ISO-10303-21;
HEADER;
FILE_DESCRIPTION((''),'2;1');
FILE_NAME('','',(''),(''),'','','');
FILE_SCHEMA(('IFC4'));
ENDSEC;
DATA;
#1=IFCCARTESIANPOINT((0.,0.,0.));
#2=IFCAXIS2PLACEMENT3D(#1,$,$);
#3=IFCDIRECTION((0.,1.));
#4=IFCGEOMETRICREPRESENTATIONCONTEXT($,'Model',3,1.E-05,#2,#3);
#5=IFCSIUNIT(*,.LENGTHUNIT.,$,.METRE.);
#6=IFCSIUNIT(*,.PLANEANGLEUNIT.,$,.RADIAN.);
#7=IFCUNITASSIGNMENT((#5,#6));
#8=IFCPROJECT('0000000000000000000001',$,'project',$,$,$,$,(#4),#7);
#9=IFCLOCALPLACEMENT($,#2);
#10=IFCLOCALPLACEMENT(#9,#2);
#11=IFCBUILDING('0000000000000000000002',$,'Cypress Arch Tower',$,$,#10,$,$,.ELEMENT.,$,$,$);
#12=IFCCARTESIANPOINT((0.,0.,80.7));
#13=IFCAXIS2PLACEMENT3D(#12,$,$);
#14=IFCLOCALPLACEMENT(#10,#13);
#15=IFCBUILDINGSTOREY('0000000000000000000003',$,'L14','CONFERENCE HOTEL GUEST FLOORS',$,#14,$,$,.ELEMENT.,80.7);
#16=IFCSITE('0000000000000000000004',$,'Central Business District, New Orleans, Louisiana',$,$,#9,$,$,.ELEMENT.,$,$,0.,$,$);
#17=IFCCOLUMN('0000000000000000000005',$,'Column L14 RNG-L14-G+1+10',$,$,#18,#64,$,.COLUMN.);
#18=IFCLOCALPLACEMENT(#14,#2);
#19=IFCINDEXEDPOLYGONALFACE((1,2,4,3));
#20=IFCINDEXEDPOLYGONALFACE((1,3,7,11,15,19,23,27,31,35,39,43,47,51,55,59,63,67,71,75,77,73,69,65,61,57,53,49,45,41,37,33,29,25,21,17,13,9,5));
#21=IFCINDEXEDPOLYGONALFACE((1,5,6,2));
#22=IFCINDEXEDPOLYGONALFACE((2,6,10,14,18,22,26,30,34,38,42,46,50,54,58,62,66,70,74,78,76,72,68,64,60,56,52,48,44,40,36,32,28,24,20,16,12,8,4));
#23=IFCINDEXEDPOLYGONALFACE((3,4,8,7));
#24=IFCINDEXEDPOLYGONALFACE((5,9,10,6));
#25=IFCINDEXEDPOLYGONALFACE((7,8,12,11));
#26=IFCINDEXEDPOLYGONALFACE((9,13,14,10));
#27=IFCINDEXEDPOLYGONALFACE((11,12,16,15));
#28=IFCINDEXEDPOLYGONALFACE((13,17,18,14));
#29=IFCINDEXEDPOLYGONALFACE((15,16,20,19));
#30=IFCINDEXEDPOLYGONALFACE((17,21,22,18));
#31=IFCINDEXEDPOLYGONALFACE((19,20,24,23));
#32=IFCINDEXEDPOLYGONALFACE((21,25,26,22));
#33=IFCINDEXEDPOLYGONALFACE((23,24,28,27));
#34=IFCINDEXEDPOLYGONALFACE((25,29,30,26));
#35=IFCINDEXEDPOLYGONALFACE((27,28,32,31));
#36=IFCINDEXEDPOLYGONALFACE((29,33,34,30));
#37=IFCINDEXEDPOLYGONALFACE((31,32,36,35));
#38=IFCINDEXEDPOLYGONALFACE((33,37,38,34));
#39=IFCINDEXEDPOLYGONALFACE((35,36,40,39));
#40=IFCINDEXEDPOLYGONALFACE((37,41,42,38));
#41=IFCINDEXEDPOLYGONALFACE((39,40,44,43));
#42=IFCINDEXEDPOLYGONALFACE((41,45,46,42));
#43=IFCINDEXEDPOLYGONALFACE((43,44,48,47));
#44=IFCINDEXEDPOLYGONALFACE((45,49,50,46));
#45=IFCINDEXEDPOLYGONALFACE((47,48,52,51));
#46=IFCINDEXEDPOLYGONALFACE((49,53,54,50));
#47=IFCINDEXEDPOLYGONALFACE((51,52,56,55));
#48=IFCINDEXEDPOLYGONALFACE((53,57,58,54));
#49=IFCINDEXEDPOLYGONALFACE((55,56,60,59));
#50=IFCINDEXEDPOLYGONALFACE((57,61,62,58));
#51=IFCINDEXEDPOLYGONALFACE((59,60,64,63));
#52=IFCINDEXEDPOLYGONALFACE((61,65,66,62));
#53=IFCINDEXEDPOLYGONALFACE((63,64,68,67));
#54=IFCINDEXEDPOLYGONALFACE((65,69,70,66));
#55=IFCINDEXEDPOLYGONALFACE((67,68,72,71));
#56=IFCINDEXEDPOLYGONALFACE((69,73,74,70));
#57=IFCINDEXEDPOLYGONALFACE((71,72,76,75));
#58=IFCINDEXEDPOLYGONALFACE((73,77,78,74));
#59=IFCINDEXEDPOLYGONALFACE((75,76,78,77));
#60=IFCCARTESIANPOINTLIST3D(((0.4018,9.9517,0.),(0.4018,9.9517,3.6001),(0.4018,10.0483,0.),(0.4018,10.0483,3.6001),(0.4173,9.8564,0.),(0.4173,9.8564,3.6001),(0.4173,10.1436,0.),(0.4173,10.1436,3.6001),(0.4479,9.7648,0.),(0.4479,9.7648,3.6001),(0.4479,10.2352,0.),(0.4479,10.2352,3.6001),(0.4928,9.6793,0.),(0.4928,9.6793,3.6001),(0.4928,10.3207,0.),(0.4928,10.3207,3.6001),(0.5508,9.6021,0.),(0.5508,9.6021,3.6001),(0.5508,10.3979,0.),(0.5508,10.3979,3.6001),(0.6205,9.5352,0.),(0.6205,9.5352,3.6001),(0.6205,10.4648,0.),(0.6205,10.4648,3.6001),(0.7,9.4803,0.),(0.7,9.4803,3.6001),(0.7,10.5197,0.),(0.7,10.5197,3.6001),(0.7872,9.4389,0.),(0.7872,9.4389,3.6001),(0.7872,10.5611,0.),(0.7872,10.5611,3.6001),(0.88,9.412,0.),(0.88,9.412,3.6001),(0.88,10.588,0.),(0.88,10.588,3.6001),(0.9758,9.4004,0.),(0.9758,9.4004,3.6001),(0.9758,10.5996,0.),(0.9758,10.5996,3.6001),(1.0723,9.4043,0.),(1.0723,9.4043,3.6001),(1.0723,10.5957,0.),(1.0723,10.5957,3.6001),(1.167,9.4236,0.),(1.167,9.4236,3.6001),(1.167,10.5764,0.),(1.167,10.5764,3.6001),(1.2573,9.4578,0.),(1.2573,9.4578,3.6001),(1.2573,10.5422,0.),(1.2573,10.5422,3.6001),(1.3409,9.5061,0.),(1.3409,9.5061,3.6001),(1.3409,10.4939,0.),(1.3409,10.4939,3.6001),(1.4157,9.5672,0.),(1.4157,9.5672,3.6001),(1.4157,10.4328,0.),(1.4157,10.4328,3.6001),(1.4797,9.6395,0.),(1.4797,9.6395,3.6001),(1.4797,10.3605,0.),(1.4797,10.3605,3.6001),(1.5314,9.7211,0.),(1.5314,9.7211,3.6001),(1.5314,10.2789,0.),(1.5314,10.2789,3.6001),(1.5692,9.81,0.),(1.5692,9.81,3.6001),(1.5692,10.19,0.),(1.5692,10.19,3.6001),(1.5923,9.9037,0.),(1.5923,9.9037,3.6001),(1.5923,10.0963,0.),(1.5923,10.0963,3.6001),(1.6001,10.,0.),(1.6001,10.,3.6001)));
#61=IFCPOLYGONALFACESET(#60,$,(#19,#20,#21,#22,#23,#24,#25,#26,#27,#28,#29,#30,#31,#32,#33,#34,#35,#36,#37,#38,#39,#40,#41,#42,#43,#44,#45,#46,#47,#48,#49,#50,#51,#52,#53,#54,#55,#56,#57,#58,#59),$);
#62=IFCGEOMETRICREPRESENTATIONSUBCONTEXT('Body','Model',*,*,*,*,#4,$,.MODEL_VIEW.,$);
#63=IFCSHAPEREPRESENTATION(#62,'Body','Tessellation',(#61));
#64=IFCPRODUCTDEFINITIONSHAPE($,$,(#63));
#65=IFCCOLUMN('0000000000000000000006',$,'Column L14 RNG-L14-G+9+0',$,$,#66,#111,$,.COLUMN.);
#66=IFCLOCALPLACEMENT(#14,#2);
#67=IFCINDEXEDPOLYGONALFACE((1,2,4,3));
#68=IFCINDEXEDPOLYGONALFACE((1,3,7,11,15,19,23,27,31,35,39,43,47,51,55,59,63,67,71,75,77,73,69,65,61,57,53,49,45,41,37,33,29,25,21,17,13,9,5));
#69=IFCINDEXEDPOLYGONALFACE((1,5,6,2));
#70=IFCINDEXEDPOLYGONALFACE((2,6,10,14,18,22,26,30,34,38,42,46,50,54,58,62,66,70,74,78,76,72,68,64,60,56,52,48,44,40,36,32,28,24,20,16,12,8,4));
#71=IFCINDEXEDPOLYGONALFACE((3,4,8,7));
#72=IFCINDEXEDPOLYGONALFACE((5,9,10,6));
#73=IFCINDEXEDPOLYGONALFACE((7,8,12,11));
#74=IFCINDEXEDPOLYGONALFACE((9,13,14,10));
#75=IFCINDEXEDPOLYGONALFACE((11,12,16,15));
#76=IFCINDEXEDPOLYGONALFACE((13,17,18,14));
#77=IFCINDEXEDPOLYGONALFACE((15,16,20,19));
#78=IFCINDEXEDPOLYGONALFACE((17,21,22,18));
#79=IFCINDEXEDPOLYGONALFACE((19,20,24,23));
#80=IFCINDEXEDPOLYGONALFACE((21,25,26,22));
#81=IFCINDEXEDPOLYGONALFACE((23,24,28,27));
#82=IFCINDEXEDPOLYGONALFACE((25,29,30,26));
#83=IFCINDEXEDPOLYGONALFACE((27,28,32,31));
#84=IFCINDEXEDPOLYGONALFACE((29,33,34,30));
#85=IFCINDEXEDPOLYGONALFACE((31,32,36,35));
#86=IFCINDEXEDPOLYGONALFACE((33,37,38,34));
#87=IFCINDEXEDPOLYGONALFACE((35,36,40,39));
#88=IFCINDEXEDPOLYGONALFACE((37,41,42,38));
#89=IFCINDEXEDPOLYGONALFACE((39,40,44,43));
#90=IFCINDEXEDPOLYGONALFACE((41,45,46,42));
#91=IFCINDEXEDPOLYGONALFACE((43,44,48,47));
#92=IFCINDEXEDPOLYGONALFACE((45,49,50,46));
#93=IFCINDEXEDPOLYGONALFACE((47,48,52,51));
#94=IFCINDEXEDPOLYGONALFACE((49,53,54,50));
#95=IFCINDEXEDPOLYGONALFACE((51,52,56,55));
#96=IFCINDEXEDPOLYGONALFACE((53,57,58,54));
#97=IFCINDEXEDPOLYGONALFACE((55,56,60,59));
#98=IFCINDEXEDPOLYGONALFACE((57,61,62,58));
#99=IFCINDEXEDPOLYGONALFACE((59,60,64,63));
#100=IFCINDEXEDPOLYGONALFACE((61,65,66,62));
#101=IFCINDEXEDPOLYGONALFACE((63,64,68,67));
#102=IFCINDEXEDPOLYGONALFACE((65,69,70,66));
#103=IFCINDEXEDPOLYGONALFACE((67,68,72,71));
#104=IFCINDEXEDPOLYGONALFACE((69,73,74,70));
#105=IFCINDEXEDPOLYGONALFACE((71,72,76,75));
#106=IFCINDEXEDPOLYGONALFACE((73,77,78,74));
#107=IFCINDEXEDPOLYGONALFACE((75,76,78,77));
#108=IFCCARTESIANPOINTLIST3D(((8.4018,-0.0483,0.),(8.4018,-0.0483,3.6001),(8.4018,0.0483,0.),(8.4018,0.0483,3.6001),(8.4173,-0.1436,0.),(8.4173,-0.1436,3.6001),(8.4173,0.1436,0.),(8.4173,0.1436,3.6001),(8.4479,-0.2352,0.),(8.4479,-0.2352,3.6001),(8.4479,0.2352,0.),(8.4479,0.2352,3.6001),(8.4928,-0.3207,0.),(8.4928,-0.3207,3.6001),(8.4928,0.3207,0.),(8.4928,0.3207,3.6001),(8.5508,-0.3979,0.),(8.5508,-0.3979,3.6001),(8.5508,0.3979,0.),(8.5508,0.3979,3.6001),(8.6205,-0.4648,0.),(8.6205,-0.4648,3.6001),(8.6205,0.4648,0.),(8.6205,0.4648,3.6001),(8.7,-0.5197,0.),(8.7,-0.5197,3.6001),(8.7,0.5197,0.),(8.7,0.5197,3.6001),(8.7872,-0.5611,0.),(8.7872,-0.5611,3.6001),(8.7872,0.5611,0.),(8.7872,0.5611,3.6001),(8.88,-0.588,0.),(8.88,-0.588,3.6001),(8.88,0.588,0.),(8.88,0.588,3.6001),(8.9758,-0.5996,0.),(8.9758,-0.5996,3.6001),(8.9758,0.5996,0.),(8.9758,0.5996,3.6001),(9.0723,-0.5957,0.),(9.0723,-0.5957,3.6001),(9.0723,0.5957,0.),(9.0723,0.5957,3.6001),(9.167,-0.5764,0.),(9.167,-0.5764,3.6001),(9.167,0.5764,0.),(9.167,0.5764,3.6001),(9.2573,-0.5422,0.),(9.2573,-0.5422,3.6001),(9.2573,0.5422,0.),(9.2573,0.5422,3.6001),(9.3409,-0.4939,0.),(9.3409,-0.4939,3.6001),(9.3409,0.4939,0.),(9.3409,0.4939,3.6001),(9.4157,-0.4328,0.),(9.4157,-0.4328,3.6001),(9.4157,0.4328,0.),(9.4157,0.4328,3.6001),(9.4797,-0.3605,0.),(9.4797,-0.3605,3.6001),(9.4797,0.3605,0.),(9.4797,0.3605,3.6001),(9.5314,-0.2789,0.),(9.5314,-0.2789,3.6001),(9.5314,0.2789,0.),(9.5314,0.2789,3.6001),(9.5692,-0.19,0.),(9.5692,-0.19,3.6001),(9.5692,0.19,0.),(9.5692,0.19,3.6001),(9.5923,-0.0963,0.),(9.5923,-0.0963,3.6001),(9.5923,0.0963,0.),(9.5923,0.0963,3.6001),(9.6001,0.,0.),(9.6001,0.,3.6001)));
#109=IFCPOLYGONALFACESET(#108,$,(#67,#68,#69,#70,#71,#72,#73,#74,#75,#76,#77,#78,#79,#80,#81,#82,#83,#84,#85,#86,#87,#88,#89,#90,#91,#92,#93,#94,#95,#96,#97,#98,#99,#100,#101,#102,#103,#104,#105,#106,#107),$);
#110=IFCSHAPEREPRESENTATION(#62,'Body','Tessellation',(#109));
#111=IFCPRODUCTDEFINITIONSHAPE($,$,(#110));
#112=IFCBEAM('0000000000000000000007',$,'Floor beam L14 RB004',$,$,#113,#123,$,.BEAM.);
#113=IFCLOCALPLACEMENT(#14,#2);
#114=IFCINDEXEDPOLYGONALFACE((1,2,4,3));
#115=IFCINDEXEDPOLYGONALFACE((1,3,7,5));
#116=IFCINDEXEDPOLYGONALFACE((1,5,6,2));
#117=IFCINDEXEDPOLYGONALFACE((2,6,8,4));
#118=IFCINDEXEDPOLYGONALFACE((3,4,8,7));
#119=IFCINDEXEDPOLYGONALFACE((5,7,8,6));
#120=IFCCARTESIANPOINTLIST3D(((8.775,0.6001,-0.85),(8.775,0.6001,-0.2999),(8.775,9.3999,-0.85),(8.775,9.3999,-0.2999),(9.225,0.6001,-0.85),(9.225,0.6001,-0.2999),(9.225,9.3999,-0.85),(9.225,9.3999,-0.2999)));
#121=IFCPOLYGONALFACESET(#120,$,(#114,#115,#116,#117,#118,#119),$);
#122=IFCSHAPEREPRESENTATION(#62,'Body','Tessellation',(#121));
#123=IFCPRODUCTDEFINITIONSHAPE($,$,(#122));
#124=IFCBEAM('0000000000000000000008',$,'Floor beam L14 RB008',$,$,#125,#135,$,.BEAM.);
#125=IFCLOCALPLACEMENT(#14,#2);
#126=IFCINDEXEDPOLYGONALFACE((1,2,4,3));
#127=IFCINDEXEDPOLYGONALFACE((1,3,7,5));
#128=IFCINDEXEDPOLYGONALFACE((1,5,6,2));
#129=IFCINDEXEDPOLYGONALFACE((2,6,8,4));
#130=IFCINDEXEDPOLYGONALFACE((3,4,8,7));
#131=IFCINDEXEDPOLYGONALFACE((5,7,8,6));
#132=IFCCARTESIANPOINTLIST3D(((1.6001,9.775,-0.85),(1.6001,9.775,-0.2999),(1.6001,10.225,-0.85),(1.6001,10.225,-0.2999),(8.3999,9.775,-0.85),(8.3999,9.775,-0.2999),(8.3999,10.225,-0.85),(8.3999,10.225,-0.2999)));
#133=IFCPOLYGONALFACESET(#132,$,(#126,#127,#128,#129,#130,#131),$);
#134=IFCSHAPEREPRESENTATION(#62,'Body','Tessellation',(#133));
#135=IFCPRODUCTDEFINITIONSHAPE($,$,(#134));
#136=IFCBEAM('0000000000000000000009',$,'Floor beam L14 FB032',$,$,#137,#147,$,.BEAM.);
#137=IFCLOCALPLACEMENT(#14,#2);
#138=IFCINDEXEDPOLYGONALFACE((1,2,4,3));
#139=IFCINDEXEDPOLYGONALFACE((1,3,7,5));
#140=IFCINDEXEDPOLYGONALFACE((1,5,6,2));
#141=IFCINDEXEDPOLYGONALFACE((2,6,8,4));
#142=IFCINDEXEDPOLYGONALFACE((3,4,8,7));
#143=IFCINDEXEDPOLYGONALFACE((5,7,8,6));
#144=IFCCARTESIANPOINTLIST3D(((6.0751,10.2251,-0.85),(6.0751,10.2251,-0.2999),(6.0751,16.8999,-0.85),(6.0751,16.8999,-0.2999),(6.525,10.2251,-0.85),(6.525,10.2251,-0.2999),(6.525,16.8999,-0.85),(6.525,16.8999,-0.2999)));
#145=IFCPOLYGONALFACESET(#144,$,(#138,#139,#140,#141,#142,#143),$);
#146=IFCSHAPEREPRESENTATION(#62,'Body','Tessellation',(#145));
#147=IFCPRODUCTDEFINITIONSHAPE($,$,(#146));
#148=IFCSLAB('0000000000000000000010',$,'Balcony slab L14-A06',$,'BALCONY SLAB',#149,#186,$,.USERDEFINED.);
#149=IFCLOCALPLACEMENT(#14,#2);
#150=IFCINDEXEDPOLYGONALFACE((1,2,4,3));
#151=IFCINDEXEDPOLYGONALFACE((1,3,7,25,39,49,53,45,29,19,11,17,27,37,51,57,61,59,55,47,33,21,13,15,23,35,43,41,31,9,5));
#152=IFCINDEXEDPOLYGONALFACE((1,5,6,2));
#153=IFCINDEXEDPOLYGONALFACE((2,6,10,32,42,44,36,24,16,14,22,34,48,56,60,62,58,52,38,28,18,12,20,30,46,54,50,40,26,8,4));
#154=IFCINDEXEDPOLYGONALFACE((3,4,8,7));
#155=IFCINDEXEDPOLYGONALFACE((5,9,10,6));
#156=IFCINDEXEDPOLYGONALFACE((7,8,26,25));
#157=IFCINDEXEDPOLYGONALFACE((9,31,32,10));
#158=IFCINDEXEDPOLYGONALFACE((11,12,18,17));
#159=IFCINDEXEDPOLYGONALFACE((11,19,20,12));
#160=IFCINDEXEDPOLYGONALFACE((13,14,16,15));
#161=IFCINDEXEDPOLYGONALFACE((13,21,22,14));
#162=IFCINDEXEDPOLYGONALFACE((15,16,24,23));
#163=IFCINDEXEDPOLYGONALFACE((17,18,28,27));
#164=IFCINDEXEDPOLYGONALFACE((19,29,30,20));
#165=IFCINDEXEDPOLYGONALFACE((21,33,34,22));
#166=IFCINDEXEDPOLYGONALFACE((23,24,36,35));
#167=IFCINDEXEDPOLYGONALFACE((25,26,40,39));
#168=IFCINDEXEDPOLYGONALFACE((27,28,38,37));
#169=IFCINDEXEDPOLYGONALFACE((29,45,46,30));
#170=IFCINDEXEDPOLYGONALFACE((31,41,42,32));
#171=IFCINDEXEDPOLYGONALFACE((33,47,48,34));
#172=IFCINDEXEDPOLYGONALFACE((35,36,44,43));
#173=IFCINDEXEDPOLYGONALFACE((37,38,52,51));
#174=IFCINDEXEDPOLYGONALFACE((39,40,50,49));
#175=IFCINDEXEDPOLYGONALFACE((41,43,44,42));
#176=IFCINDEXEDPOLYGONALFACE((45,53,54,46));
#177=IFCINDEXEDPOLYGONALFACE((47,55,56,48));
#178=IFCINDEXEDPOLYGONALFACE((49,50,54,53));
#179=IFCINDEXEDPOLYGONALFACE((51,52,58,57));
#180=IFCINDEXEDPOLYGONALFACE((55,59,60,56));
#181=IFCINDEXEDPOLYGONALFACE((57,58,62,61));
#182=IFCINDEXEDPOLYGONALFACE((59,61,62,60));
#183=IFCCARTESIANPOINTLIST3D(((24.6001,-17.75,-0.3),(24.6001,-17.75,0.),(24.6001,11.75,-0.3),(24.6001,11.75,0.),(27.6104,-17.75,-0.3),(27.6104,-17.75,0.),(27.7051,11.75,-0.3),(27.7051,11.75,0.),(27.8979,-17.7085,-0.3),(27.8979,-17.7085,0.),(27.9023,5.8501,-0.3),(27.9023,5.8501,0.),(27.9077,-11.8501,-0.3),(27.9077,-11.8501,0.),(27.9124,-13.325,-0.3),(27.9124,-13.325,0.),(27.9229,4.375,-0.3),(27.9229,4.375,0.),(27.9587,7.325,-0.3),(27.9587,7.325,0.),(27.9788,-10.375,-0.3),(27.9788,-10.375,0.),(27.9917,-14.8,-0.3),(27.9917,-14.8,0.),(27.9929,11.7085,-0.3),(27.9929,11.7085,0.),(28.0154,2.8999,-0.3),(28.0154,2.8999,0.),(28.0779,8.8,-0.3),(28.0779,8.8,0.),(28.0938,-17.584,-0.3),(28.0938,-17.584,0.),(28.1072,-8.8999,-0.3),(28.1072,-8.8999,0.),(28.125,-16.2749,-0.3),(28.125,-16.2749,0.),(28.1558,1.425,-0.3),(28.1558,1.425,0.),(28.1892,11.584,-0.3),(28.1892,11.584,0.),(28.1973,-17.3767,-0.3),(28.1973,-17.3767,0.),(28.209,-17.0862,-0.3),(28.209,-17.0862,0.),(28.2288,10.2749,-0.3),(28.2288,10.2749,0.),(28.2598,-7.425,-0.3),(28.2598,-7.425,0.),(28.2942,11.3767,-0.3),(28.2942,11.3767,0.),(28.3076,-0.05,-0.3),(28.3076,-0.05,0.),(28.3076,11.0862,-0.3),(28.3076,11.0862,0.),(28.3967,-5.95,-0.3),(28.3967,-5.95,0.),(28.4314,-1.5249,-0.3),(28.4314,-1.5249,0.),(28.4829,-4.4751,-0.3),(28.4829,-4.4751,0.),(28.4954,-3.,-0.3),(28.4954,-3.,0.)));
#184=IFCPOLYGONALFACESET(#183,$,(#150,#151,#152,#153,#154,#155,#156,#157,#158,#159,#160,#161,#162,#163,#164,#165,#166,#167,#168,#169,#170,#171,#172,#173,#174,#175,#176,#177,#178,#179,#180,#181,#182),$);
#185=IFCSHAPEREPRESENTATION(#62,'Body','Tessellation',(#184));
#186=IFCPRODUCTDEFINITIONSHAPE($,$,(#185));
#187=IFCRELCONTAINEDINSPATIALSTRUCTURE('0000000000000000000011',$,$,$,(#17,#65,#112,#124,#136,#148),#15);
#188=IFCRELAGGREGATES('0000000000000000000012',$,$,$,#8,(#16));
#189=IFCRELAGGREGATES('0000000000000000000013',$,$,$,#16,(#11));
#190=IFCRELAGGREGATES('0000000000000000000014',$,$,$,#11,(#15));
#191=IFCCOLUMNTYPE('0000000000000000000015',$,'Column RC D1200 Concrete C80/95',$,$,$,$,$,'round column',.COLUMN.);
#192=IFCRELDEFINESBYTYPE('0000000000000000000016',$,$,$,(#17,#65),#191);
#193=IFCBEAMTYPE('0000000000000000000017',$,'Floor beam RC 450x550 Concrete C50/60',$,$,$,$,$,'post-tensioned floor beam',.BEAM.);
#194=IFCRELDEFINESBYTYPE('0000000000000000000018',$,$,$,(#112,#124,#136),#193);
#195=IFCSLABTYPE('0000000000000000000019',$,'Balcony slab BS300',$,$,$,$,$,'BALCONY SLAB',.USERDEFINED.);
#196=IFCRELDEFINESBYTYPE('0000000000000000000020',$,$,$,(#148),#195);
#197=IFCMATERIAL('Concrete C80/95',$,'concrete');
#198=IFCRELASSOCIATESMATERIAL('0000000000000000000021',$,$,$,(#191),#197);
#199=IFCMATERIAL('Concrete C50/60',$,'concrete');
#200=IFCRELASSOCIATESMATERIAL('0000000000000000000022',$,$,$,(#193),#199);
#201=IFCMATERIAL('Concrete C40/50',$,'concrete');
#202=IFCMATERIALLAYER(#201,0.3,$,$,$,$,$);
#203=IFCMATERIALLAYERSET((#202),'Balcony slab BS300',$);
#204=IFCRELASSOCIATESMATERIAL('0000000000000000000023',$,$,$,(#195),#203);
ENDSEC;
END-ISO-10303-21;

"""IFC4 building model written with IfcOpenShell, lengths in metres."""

from ifc_helpers import new_model, si_unit, direction, frame, origin, origin_2d, place, context, subcontext, project, spatial, polyline, rectangle, circle, outline, extrude, material, layer, layer_set, material_profile, profile_set, type_object, element, save


model = new_model("IFC4")

# Units and contexts
model_context = context("Model", 3, precision=1e-05, world=origin(), true_north=direction((0.0, 1.0)))
body_context = subcontext(model_context, "Body", "Model", "MODEL_VIEW")
ifc_project = project(units=[si_unit("LENGTHUNIT", "METRE"), si_unit("PLANEANGLEUNIT", "RADIAN")], contexts=[model_context])

# Site, building, storey
site_placement = place(None, origin())
site = spatial("IfcSite", under=ifc_project, at=site_placement, Name="Central Business District, New Orleans, Louisiana", CompositionType="ELEMENT", RefElevation=0.0)
building_placement = place(site_placement, origin())
building = spatial("IfcBuilding", under=site, at=building_placement, Name="Cypress Arch Tower", CompositionType="ELEMENT")
storey_placement = place(building_placement, frame((0.0, 0.0, 80.7)))
storey = spatial("IfcBuildingStorey", under=building, at=storey_placement, Name="L14", Description="CONFERENCE HOTEL GUEST FLOORS", CompositionType="ELEMENT", Elevation=80.7)

# Columns
ifc_material_1 = material(Name="Concrete C80/95", Category="concrete")
ifc_material_profile_1 = material_profile(ifc_material_1, circle(Radius=0.6001, at=origin_2d()), Name="RC D1200")
ifc_profile_set_1 = profile_set([ifc_material_profile_1], Name="Concrete C80/95")
column_type = type_object("IfcColumnType", Name="Column RC D1200 Concrete C80/95", ElementType="round column", PredefinedType="COLUMN", material=ifc_profile_set_1)
for number, where, z_axis, x_axis, name in (
    (1, (1.0, 10.0, 0.0), (0.0, 0.0, 1.0), (1.0, 0.0, 0.0), "Column L14 RNG-L14-G+1+10"),
    (2, (9.0, 0.0, 0.0), (0.0, 0.0, 1.0), (1.0, 0.0, 0.0), "Column L14 RNG-L14-G+9+0"),
):
    element("IfcColumn", number, at=place(storey_placement, frame(where, z_axis=z_axis, x_axis=x_axis)), inside=storey, type_object=column_type, Name=name, PredefinedType="COLUMN", context=body_context, shape_type="SweptSolid", body=[
        extrude(circle(Radius=0.6001, at=origin_2d()), origin(), (0.0, 0.0, 1.0), 3.6001),
    ])

# Beams
ifc_material_2 = material(Name="Concrete C50/60", Category="concrete")
ifc_material_profile_2 = material_profile(ifc_material_2, rectangle(XDim=0.45, YDim=0.55, at=origin_2d()), Name="RC 450x550")
ifc_profile_set_2 = profile_set([ifc_material_profile_2], Name="Concrete C50/60")
beam_type = type_object("IfcBeamType", Name="Floor beam RC 450x550 Concrete C50/60", ElementType="post-tensioned floor beam", PredefinedType="BEAM", material=ifc_profile_set_2)
beam_1_placement = place(storey_placement, frame((9.0, 0.6001, -0.575), z_axis=(0.0, 1.0, 0.0), x_axis=(-1.0, 0.0, 0.0)))
element("IfcBeam", 3, at=beam_1_placement, inside=storey, type_object=beam_type, Name="Floor beam L14 RB004", PredefinedType="BEAM", context=body_context, shape_type="SweptSolid", body=[
    extrude(rectangle(XDim=0.45, YDim=0.55, at=origin_2d()), origin(), (0.0, 0.0, 1.0), 8.7998),
])
beam_2_placement = place(storey_placement, frame((1.6001, 10.0, -0.575), z_axis=(1.0, 0.0, 0.0), x_axis=(0.0, 1.0, 0.0)))
element("IfcBeam", 4, at=beam_2_placement, inside=storey, type_object=beam_type, Name="Floor beam L14 RB008", PredefinedType="BEAM", context=body_context, shape_type="SweptSolid", body=[
    extrude(rectangle(XDim=0.45, YDim=0.55, at=origin_2d()), origin(), (0.0, 0.0, 1.0), 6.7998),
])
beam_3_placement = place(storey_placement, frame((6.3, 10.2251, -0.575), z_axis=(0.0, 1.0, 0.0), x_axis=(-1.0, 0.0, 0.0)))
element("IfcBeam", 5, at=beam_3_placement, inside=storey, type_object=beam_type, Name="Floor beam L14 FB032", PredefinedType="BEAM", context=body_context, shape_type="SweptSolid", body=[
    extrude(rectangle(XDim=0.45, YDim=0.55, at=origin_2d()), origin(), (0.0, 0.0, 1.0), 6.6748),
])

# Slab
ifc_material_3 = material(Name="Concrete C40/50", Category="concrete")
ifc_layer_1 = layer(ifc_material_3, 0.3)
ifc_layer_set_1 = layer_set([ifc_layer_1], Name="Balcony slab BS300")
slab_type_1 = type_object("IfcSlabType", Name="Balcony slab BS300", ElementType="BALCONY SLAB", PredefinedType="USERDEFINED", material=ifc_layer_set_1)
slab_1_placement = place(storey_placement, frame((0.0, 0.0, -0.3)))
element("IfcSlab", 6, at=slab_1_placement, inside=storey, type_object=slab_type_1, Name="Balcony slab L14-A06", ObjectType="BALCONY SLAB", PredefinedType="USERDEFINED", context=body_context, shape_type="SweptSolid", body=[
    extrude(outline(polyline([(24.6001, -17.75), (27.6104, -17.75), (27.8979, -17.7085), (28.0938, -17.584), (28.1973, -17.3767), (28.209, -17.0862), (28.125, -16.2749), (27.9917, -14.8), (27.9124, -13.325), (27.9077, -11.8501), (27.9788, -10.375), (28.1072, -8.8999), (28.2598, -7.425), (28.3967, -5.95), (28.4829, -4.4751), (28.4954, -3.0), (28.4314, -1.5249), (28.3076, -0.05), (28.1558, 1.425), (28.0154, 2.8999), (27.9229, 4.375), (27.9023, 5.8501), (27.9587, 7.325), (28.0779, 8.8), (28.2288, 10.2749), (28.3076, 11.0862), (28.2942, 11.3767), (28.1892, 11.584), (27.9929, 11.7085), (27.7051, 11.75), (24.6001, 11.75), (24.6001, -17.75)])), origin(), (0.0, 0.0, 1.0), 0.3),
])

save(model, "model.ifc")
